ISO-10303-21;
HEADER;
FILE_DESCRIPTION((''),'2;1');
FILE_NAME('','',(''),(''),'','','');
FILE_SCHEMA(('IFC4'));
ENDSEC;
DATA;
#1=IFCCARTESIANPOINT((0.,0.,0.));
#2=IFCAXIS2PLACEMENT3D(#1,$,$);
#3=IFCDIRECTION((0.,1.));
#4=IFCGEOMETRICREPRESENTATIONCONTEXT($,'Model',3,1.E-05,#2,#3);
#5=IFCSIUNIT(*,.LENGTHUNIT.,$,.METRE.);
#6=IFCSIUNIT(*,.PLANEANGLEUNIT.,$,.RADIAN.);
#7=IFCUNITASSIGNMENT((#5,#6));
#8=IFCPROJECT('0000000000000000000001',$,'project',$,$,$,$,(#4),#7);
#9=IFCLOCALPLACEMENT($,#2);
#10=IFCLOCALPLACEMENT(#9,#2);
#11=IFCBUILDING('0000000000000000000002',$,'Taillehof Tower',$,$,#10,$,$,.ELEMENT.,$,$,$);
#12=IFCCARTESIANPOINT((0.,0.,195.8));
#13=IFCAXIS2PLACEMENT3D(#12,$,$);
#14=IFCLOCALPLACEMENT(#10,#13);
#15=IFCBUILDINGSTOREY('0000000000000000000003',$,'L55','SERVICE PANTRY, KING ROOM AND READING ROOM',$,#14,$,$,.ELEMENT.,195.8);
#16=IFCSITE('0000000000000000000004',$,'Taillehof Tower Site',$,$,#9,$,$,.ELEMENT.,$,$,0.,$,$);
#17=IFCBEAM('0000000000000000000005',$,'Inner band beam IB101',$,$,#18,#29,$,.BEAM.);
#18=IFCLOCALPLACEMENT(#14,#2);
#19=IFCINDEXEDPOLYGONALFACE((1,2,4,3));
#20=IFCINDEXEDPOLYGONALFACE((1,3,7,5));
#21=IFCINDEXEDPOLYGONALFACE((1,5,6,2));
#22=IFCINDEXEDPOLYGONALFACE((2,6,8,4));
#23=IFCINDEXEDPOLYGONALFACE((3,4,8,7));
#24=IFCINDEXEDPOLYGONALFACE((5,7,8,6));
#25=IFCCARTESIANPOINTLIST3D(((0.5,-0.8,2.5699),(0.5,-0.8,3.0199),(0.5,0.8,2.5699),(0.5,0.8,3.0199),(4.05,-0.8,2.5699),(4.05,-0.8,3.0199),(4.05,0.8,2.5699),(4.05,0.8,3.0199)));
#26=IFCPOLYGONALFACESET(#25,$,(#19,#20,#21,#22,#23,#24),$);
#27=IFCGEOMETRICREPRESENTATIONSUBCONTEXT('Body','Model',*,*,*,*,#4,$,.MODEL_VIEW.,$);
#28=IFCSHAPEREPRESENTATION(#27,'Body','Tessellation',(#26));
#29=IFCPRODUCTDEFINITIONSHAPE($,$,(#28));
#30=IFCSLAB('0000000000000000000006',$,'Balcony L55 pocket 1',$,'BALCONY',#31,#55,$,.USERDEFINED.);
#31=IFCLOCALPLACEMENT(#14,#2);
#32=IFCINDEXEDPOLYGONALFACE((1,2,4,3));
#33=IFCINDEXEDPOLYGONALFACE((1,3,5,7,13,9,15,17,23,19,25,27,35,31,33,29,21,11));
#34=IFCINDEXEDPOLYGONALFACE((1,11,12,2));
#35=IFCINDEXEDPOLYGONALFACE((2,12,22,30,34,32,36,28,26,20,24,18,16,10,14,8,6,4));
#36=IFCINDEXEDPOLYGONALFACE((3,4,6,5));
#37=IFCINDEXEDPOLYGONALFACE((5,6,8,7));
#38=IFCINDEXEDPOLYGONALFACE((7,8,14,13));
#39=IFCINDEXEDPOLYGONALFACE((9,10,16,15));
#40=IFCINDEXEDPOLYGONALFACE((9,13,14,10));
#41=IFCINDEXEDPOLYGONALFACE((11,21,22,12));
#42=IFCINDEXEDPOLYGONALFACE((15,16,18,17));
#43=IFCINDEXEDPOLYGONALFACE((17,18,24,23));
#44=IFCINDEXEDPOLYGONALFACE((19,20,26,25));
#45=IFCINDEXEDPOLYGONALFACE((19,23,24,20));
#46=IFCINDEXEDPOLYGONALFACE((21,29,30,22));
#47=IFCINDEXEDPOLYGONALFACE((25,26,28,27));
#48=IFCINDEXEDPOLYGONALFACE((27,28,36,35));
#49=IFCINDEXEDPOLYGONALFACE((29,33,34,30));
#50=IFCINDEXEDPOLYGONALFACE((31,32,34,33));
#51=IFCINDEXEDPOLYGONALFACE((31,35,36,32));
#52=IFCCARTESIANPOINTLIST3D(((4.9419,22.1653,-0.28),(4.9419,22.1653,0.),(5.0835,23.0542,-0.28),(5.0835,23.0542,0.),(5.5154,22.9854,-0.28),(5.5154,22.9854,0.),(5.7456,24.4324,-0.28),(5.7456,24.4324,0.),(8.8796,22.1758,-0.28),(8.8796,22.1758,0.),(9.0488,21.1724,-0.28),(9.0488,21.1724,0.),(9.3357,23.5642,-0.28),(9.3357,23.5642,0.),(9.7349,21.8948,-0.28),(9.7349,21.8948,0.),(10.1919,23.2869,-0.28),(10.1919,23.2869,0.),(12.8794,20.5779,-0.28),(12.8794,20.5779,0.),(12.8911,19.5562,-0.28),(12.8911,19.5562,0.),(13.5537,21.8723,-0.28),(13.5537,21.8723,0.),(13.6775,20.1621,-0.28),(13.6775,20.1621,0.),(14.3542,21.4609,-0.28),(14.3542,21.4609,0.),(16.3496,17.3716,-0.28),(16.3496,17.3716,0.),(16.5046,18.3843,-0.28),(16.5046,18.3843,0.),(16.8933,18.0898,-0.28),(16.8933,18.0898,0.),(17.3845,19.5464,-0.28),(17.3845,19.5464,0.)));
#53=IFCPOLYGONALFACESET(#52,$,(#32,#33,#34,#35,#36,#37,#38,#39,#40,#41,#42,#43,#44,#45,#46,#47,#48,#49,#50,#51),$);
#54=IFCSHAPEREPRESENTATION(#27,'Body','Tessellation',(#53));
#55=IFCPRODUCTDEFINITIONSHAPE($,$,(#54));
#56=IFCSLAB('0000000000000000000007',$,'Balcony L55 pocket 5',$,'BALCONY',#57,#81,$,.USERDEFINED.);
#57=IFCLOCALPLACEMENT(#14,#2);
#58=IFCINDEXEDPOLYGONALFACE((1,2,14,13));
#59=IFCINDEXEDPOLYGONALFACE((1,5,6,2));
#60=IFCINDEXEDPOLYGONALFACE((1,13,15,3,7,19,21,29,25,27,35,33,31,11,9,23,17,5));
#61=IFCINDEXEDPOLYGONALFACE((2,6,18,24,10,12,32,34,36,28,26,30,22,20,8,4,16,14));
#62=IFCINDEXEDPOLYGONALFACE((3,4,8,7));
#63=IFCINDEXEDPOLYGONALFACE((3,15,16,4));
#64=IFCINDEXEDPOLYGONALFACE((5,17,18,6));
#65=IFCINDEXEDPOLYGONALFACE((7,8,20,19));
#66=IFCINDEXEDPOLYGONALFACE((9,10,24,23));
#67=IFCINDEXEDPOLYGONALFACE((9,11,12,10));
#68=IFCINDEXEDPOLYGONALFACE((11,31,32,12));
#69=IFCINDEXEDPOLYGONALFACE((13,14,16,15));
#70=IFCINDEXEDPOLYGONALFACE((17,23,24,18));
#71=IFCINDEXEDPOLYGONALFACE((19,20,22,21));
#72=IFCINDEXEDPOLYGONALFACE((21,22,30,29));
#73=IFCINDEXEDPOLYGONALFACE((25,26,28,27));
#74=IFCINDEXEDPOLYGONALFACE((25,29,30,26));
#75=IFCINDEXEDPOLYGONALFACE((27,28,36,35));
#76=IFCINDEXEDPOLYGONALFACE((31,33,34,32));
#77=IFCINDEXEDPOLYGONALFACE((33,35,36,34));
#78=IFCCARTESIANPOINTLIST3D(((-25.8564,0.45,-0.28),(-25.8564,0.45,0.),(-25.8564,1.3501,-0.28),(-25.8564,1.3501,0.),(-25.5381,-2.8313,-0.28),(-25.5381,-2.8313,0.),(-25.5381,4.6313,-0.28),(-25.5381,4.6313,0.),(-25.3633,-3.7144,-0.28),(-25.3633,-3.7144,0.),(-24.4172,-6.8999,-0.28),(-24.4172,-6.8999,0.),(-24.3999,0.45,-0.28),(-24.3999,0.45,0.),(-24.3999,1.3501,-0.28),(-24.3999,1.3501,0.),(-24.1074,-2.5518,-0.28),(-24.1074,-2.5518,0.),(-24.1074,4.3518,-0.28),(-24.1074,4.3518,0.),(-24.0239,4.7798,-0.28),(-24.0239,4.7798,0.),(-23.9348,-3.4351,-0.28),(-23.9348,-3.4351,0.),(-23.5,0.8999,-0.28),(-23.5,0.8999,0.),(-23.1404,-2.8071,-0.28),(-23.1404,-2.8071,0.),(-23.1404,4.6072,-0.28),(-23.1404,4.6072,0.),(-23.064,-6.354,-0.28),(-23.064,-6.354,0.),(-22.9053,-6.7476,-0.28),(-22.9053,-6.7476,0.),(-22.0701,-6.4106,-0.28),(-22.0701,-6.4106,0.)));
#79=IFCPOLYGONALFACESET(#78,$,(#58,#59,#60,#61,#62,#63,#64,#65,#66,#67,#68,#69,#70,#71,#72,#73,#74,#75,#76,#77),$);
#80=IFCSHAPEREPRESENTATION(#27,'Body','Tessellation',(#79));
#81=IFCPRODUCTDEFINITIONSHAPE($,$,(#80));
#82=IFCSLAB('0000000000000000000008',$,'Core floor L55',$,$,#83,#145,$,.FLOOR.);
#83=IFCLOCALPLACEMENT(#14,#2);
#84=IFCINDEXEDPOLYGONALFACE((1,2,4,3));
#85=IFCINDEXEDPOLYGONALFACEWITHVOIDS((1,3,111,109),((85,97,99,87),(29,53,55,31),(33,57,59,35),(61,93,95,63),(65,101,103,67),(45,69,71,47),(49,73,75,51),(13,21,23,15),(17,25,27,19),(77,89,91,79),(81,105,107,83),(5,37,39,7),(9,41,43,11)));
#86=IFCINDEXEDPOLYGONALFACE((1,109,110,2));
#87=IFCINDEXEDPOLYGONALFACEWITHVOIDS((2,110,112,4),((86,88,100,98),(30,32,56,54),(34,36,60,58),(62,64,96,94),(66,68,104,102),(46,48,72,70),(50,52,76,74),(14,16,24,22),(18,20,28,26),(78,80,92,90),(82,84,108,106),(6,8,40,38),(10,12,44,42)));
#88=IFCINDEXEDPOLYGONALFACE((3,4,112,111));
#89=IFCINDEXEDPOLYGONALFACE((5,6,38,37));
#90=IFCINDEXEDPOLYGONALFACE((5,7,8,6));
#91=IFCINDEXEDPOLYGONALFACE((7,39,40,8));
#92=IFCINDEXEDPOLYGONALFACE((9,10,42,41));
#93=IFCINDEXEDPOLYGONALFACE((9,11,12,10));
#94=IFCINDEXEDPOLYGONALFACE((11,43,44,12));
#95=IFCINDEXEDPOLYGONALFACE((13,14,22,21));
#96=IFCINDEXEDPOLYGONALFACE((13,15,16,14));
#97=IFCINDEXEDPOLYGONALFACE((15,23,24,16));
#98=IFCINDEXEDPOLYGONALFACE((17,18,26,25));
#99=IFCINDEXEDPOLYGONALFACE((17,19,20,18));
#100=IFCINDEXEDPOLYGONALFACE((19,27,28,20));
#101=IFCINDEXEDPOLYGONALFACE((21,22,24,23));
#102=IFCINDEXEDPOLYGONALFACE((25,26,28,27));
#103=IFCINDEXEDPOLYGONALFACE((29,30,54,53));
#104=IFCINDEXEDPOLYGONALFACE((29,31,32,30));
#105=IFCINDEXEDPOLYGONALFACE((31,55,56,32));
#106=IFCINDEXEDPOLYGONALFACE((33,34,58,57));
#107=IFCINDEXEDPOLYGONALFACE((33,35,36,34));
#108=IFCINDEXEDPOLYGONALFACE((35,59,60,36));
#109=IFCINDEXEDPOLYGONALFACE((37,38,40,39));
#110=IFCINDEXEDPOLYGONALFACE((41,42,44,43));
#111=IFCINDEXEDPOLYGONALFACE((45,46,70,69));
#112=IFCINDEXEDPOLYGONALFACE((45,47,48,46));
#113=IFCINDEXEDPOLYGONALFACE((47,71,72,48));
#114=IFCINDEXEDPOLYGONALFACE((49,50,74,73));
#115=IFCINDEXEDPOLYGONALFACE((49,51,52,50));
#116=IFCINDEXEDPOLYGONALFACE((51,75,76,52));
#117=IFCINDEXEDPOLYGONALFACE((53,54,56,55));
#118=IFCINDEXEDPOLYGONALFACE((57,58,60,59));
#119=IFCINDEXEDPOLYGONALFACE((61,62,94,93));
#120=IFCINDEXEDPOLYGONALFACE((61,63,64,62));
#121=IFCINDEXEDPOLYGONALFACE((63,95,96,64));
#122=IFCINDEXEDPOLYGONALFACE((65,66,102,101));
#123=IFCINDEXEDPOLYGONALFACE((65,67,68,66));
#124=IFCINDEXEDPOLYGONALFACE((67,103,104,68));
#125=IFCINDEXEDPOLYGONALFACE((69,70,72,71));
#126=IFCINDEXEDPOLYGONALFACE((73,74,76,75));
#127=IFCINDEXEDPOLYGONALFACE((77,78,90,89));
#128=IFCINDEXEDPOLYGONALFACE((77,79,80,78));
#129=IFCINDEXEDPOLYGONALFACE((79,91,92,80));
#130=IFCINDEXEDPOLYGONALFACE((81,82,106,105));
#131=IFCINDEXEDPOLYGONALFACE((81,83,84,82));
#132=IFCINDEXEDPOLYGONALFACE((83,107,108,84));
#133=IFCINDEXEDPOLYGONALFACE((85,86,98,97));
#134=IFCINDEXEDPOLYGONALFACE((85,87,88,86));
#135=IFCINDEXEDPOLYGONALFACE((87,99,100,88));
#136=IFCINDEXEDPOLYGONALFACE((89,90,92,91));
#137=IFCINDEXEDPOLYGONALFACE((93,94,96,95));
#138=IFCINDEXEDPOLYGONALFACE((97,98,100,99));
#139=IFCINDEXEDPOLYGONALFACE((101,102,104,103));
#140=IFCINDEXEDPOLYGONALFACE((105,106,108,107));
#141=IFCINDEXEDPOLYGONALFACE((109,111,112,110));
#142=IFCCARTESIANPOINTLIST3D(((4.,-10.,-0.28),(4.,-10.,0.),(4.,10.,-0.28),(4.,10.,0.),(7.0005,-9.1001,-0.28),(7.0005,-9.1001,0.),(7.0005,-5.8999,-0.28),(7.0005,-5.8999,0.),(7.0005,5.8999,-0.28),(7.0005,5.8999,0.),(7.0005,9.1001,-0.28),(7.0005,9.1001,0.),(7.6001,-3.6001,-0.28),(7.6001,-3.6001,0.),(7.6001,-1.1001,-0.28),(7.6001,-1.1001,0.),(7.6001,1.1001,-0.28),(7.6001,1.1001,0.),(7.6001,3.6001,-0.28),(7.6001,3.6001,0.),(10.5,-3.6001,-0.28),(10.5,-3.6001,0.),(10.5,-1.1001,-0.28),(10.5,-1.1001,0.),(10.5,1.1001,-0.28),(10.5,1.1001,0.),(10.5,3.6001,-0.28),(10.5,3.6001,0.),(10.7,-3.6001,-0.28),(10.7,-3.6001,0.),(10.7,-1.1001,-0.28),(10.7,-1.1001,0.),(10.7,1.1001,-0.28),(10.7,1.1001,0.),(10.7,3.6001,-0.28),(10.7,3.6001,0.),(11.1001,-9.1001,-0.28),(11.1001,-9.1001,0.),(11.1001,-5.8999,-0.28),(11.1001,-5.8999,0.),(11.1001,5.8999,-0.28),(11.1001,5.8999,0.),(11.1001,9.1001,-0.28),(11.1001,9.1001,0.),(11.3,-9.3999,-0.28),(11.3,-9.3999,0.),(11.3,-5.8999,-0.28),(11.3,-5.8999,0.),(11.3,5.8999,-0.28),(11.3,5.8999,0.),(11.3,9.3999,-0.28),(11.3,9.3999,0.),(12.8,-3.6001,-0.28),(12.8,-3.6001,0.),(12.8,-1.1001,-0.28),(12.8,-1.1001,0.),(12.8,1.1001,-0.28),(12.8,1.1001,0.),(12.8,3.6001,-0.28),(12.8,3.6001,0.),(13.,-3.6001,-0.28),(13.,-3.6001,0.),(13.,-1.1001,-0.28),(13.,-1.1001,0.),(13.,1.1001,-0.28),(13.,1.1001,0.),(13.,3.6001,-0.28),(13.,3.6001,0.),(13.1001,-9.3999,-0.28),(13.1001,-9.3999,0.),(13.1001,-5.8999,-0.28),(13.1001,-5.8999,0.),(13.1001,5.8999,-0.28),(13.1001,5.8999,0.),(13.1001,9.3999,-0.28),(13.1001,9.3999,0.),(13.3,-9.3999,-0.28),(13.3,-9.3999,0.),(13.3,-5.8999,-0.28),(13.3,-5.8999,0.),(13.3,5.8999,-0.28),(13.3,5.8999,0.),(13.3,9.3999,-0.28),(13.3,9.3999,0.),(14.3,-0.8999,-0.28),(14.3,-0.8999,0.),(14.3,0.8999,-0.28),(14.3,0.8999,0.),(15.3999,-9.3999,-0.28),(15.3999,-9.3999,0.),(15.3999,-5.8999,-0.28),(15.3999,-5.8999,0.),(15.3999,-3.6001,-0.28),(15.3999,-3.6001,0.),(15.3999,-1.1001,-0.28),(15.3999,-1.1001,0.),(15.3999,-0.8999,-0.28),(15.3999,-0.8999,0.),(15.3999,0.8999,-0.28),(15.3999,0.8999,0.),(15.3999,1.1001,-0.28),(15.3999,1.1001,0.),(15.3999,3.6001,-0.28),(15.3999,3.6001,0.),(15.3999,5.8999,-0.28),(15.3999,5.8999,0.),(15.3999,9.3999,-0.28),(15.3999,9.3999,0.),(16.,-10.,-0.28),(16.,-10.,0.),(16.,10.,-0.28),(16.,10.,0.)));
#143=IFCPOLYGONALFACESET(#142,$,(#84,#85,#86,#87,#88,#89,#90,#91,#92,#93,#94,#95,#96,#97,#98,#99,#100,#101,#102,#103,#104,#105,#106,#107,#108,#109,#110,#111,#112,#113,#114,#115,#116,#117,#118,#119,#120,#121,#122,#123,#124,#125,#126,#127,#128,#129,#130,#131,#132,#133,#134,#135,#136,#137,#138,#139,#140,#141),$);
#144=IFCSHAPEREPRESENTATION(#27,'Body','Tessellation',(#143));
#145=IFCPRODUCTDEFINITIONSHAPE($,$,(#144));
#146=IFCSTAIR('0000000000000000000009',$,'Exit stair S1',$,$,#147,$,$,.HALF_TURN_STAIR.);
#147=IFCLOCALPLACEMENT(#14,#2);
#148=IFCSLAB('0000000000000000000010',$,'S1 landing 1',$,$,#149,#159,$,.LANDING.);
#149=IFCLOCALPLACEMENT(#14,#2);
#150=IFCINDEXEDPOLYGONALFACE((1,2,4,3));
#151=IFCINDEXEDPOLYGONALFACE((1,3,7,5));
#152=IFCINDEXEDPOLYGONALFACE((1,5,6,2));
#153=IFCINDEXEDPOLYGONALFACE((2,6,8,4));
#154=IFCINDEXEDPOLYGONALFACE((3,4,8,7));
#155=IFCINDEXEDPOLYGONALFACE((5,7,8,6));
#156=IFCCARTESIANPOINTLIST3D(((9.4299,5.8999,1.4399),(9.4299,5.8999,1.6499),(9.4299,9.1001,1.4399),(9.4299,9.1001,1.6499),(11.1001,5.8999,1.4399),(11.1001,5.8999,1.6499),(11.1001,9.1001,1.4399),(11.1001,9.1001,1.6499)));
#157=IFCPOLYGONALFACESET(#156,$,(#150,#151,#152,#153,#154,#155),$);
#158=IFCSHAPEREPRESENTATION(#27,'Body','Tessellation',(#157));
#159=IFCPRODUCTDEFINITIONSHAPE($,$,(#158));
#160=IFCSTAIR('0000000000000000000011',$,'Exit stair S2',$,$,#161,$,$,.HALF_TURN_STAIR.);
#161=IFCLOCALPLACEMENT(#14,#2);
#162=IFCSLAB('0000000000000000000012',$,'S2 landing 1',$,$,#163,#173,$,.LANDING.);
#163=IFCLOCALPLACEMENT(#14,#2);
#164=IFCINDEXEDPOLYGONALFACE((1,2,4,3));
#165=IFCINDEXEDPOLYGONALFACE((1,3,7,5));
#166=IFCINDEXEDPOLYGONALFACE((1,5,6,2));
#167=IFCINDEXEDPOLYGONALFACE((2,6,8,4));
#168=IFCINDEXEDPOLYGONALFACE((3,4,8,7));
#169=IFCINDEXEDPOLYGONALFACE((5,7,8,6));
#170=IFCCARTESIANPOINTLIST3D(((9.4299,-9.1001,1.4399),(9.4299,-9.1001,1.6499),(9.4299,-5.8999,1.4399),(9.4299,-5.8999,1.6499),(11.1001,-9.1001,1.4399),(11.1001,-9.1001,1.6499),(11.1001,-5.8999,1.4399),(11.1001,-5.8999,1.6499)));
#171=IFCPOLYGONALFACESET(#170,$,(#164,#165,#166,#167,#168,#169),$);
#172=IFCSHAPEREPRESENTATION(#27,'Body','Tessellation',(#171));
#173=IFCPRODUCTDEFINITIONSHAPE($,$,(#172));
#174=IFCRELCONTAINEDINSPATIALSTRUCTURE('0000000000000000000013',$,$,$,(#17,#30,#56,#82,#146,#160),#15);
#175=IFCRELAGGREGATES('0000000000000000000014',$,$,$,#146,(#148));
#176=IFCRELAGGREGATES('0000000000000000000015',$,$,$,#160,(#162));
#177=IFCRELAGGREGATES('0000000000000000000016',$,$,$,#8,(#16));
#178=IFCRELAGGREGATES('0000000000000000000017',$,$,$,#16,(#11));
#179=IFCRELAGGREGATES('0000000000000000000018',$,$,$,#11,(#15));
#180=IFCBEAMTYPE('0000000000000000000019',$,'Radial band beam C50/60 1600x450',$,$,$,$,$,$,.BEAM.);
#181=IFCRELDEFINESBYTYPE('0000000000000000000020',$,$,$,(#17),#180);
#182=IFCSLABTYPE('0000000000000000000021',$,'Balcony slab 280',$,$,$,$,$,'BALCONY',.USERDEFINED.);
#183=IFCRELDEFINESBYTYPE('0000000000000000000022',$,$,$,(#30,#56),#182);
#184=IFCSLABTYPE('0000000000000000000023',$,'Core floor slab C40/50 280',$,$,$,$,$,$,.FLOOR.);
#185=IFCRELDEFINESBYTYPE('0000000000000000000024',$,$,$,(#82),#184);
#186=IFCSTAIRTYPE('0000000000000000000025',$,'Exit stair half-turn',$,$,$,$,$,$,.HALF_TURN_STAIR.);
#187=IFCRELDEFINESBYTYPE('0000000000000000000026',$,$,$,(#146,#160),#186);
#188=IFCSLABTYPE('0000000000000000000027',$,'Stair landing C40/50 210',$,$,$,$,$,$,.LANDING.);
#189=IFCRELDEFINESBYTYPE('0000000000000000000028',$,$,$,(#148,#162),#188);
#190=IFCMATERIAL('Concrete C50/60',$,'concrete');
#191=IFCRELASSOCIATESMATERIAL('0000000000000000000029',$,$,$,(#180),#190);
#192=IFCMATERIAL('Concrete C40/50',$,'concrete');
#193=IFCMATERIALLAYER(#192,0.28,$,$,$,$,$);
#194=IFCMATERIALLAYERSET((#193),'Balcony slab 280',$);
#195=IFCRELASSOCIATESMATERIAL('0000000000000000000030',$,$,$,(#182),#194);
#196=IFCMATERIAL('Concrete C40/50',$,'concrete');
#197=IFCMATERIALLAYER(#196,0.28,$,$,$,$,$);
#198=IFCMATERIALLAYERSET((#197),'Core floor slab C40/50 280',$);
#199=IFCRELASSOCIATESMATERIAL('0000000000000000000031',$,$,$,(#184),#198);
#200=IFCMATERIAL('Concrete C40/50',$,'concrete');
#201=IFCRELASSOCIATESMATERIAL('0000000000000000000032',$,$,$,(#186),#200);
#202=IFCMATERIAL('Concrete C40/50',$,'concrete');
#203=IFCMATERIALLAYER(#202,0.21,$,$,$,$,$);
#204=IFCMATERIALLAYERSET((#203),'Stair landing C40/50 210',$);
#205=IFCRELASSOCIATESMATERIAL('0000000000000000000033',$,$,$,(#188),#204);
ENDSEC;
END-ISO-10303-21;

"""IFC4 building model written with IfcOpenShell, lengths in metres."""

from ifc_helpers import new_model, si_unit, direction, frame, origin, origin_2d, place, context, subcontext, project, spatial, polyline, rectangle, outline, extrude, material, layer, layer_set, material_profile, profile_set, type_object, element, aggregate, save


model = new_model("IFC4")

# Units and contexts
model_context = context("Model", 3, precision=1e-05, world=origin(), true_north=direction((0.0, 1.0)))
body_context = subcontext(model_context, "Body", "Model", "MODEL_VIEW")
ifc_project = project(units=[si_unit("LENGTHUNIT", "METRE"), si_unit("PLANEANGLEUNIT", "RADIAN")], contexts=[model_context])

# Site, building, storey
site_placement = place(None, origin())
site = spatial("IfcSite", under=ifc_project, at=site_placement, Name="Taillehof Tower Site", CompositionType="ELEMENT", RefElevation=0.0)
building_placement = place(site_placement, origin())
building = spatial("IfcBuilding", under=site, at=building_placement, Name="Taillehof Tower", CompositionType="ELEMENT")
storey_placement = place(building_placement, frame((0.0, 0.0, 195.8)))
storey = spatial("IfcBuildingStorey", under=building, at=storey_placement, Name="L55", Description="SERVICE PANTRY, KING ROOM AND READING ROOM", CompositionType="ELEMENT", Elevation=195.8)

# Beam
ifc_material_1 = material(Name="Concrete C50/60", Category="concrete")
ifc_material_profile = material_profile(ifc_material_1, rectangle(XDim=1.6001, YDim=0.45, at=origin_2d()), Name="RC 1600x450")
ifc_profile_set = profile_set([ifc_material_profile], Name="Concrete C50/60")
beam_type = type_object("IfcBeamType", Name="Radial band beam C50/60 1600x450", PredefinedType="BEAM", material=ifc_profile_set)
beam_placement = place(storey_placement, frame((0.5, 0.0, 2.7949), z_axis=(1.0, 0.0, 0.0), x_axis=(0.0, 1.0, 0.0)))
element("IfcBeam", 1, at=beam_placement, inside=storey, type_object=beam_type, Name="Inner band beam IB101", PredefinedType="BEAM", context=body_context, shape_type="SweptSolid", body=[
    extrude(rectangle(XDim=1.6001, YDim=0.45, at=origin_2d()), origin(), (0.0, 0.0, 1.0), 3.55),
])

# Slabs
ifc_material_2 = material(Name="Concrete C40/50", Category="concrete")
ifc_layer_1 = layer(ifc_material_2, 0.28)
ifc_layer_set_1 = layer_set([ifc_layer_1], Name="Balcony slab 280")
slab_type_1 = type_object("IfcSlabType", Name="Balcony slab 280", ElementType="BALCONY", PredefinedType="USERDEFINED", material=ifc_layer_set_1)
slab_1_placement = place(storey_placement, frame((0.0, 0.0, -0.28)))
element("IfcSlab", 2, at=slab_1_placement, inside=storey, type_object=slab_type_1, Name="Balcony L55 pocket 1", ObjectType="BALCONY", PredefinedType="USERDEFINED", context=body_context, shape_type="SweptSolid", body=[
    extrude(outline(polyline([(4.9419, 22.1653), (5.0835, 23.0542), (5.5154, 22.9854), (5.7456, 24.4324), (9.3357, 23.5642), (8.8796, 22.1758), (9.7349, 21.8948), (10.1919, 23.2869), (13.5537, 21.8723), (12.8794, 20.5779), (13.6775, 20.1621), (14.3542, 21.4609), (17.3845, 19.5464), (16.5046, 18.3843), (16.8933, 18.0898), (16.3496, 17.3716), (12.8911, 19.5562), (9.0488, 21.1724), (4.9419, 22.1653)])), origin(), (0.0, 0.0, 1.0), 0.28),
])
slab_2_placement = place(storey_placement, frame((0.0, 0.0, -0.28)))
element("IfcSlab", 3, at=slab_2_placement, inside=storey, type_object=slab_type_1, Name="Balcony L55 pocket 5", ObjectType="BALCONY", PredefinedType="USERDEFINED", context=body_context, shape_type="SweptSolid", body=[
    extrude(outline(polyline([(-22.0701, -6.4106), (-22.9053, -6.7476), (-23.064, -6.354), (-24.4172, -6.8999), (-25.3633, -3.7144), (-23.9348, -3.4351), (-24.1074, -2.5518), (-25.5381, -2.8313), (-25.8564, 0.45), (-24.3999, 0.45), (-24.3999, 1.3501), (-25.8564, 1.3501), (-25.5381, 4.6313), (-24.1074, 4.3518), (-24.0239, 4.7798), (-23.1404, 4.6072), (-23.5, 0.8999), (-23.1404, -2.8071), (-22.0701, -6.4106)])), origin(), (0.0, 0.0, 1.0), 0.28),
])
ifc_material_3 = material(Name="Concrete C40/50", Category="concrete")
ifc_layer_2 = layer(ifc_material_3, 0.28)
ifc_layer_set_2 = layer_set([ifc_layer_2], Name="Core floor slab C40/50 280")
slab_type_2 = type_object("IfcSlabType", Name="Core floor slab C40/50 280", PredefinedType="FLOOR", material=ifc_layer_set_2)
slab_3_placement = place(storey_placement, frame((0.0, 0.0, -0.28)))
element("IfcSlab", 4, at=slab_3_placement, inside=storey, type_object=slab_type_2, Name="Core floor L55", PredefinedType="FLOOR", context=body_context, shape_type="SweptSolid", body=[
    extrude(outline(polyline([(4.0, -10.0), (4.0, 10.0), (16.0, 10.0), (16.0, -10.0), (4.0, -10.0)]), holes=[polyline([(11.1001, -9.1001), (11.1001, -5.8999), (7.0005, -5.8999), (7.0005, -9.1001), (11.1001, -9.1001)]), polyline([(10.5, -3.6001), (10.5, -1.1001), (7.6001, -1.1001), (7.6001, -3.6001), (10.5, -3.6001)]), polyline([(12.8, -3.6001), (12.8, -1.1001), (10.7, -1.1001), (10.7, -3.6001), (12.8, -3.6001)]), polyline([(10.5, 3.6001), (7.6001, 3.6001), (7.6001, 1.1001), (10.5, 1.1001), (10.5, 3.6001)]), polyline([(12.8, 1.1001), (12.8, 3.6001), (10.7, 3.6001), (10.7, 1.1001), (12.8, 1.1001)]), polyline([(11.1001, 5.8999), (11.1001, 9.1001), (7.0005, 9.1001), (7.0005, 5.8999), (11.1001, 5.8999)]), polyline([(13.1001, 9.3999), (11.3, 9.3999), (11.3, 5.8999), (13.1001, 5.8999), (13.1001, 9.3999)]), polyline([(13.1001, -9.3999), (13.1001, -5.8999), (11.3, -5.8999), (11.3, -9.3999), (13.1001, -9.3999)]), polyline([(15.3999, -9.3999), (15.3999, -5.8999), (13.3, -5.8999), (13.3, -9.3999), (15.3999, -9.3999)]), polyline([(15.3999, -3.6001), (15.3999, -1.1001), (13.0, -1.1001), (13.0, -3.6001), (15.3999, -3.6001)]), polyline([(15.3999, -0.8999), (15.3999, 0.8999), (14.3, 0.8999), (14.3, -0.8999), (15.3999, -0.8999)]), polyline([(15.3999, 1.1001), (15.3999, 3.6001), (13.0, 3.6001), (13.0, 1.1001), (15.3999, 1.1001)]), polyline([(15.3999, 5.8999), (15.3999, 9.3999), (13.3, 9.3999), (13.3, 5.8999), (15.3999, 5.8999)])]), origin(), (0.0, 0.0, 1.0), 0.28),
])

# Stairs, slabs
ifc_material_4 = material(Name="Concrete C40/50", Category="concrete")
stair_type = type_object("IfcStairType", Name="Exit stair half-turn", PredefinedType="HALF_TURN_STAIR", material=ifc_material_4)
stair_1_placement = place(storey_placement, origin())
stair_1 = element("IfcStair", 5, at=stair_1_placement, inside=storey, type_object=stair_type, Name="Exit stair S1", PredefinedType="HALF_TURN_STAIR")
ifc_material_5 = material(Name="Concrete C40/50", Category="concrete")
ifc_layer_3 = layer(ifc_material_5, 0.21)
ifc_layer_set_3 = layer_set([ifc_layer_3], Name="Stair landing C40/50 210")
slab_type_3 = type_object("IfcSlabType", Name="Stair landing C40/50 210", PredefinedType="LANDING", material=ifc_layer_set_3)
slab_4_placement = place(storey_placement, frame((0.0, 0.0, 1.4399)))
slab_4 = element("IfcSlab", 6, at=slab_4_placement, type_object=slab_type_3, Name="S1 landing 1", PredefinedType="LANDING", context=body_context, shape_type="SweptSolid", body=[
    extrude(outline(polyline([(9.4299, 5.8999), (11.1001, 5.8999), (11.1001, 9.1001), (9.4299, 9.1001), (9.4299, 5.8999)])), origin(), (0.0, 0.0, 1.0), 0.21),
])
aggregate(stair_1, [slab_4])
stair_2_placement = place(storey_placement, origin())
stair_2 = element("IfcStair", 7, at=stair_2_placement, inside=storey, type_object=stair_type, Name="Exit stair S2", PredefinedType="HALF_TURN_STAIR")
slab_5_placement = place(storey_placement, frame((0.0, 0.0, 1.4399)))
slab_5 = element("IfcSlab", 8, at=slab_5_placement, type_object=slab_type_3, Name="S2 landing 1", PredefinedType="LANDING", context=body_context, shape_type="SweptSolid", body=[
    extrude(outline(polyline([(9.4299, -5.8999), (11.1001, -5.8999), (11.1001, -9.1001), (9.4299, -9.1001), (9.4299, -5.8999)])), origin(), (0.0, 0.0, 1.0), 0.21),
])

aggregate(stair_2, [slab_5])

save(model, "model.ifc")
